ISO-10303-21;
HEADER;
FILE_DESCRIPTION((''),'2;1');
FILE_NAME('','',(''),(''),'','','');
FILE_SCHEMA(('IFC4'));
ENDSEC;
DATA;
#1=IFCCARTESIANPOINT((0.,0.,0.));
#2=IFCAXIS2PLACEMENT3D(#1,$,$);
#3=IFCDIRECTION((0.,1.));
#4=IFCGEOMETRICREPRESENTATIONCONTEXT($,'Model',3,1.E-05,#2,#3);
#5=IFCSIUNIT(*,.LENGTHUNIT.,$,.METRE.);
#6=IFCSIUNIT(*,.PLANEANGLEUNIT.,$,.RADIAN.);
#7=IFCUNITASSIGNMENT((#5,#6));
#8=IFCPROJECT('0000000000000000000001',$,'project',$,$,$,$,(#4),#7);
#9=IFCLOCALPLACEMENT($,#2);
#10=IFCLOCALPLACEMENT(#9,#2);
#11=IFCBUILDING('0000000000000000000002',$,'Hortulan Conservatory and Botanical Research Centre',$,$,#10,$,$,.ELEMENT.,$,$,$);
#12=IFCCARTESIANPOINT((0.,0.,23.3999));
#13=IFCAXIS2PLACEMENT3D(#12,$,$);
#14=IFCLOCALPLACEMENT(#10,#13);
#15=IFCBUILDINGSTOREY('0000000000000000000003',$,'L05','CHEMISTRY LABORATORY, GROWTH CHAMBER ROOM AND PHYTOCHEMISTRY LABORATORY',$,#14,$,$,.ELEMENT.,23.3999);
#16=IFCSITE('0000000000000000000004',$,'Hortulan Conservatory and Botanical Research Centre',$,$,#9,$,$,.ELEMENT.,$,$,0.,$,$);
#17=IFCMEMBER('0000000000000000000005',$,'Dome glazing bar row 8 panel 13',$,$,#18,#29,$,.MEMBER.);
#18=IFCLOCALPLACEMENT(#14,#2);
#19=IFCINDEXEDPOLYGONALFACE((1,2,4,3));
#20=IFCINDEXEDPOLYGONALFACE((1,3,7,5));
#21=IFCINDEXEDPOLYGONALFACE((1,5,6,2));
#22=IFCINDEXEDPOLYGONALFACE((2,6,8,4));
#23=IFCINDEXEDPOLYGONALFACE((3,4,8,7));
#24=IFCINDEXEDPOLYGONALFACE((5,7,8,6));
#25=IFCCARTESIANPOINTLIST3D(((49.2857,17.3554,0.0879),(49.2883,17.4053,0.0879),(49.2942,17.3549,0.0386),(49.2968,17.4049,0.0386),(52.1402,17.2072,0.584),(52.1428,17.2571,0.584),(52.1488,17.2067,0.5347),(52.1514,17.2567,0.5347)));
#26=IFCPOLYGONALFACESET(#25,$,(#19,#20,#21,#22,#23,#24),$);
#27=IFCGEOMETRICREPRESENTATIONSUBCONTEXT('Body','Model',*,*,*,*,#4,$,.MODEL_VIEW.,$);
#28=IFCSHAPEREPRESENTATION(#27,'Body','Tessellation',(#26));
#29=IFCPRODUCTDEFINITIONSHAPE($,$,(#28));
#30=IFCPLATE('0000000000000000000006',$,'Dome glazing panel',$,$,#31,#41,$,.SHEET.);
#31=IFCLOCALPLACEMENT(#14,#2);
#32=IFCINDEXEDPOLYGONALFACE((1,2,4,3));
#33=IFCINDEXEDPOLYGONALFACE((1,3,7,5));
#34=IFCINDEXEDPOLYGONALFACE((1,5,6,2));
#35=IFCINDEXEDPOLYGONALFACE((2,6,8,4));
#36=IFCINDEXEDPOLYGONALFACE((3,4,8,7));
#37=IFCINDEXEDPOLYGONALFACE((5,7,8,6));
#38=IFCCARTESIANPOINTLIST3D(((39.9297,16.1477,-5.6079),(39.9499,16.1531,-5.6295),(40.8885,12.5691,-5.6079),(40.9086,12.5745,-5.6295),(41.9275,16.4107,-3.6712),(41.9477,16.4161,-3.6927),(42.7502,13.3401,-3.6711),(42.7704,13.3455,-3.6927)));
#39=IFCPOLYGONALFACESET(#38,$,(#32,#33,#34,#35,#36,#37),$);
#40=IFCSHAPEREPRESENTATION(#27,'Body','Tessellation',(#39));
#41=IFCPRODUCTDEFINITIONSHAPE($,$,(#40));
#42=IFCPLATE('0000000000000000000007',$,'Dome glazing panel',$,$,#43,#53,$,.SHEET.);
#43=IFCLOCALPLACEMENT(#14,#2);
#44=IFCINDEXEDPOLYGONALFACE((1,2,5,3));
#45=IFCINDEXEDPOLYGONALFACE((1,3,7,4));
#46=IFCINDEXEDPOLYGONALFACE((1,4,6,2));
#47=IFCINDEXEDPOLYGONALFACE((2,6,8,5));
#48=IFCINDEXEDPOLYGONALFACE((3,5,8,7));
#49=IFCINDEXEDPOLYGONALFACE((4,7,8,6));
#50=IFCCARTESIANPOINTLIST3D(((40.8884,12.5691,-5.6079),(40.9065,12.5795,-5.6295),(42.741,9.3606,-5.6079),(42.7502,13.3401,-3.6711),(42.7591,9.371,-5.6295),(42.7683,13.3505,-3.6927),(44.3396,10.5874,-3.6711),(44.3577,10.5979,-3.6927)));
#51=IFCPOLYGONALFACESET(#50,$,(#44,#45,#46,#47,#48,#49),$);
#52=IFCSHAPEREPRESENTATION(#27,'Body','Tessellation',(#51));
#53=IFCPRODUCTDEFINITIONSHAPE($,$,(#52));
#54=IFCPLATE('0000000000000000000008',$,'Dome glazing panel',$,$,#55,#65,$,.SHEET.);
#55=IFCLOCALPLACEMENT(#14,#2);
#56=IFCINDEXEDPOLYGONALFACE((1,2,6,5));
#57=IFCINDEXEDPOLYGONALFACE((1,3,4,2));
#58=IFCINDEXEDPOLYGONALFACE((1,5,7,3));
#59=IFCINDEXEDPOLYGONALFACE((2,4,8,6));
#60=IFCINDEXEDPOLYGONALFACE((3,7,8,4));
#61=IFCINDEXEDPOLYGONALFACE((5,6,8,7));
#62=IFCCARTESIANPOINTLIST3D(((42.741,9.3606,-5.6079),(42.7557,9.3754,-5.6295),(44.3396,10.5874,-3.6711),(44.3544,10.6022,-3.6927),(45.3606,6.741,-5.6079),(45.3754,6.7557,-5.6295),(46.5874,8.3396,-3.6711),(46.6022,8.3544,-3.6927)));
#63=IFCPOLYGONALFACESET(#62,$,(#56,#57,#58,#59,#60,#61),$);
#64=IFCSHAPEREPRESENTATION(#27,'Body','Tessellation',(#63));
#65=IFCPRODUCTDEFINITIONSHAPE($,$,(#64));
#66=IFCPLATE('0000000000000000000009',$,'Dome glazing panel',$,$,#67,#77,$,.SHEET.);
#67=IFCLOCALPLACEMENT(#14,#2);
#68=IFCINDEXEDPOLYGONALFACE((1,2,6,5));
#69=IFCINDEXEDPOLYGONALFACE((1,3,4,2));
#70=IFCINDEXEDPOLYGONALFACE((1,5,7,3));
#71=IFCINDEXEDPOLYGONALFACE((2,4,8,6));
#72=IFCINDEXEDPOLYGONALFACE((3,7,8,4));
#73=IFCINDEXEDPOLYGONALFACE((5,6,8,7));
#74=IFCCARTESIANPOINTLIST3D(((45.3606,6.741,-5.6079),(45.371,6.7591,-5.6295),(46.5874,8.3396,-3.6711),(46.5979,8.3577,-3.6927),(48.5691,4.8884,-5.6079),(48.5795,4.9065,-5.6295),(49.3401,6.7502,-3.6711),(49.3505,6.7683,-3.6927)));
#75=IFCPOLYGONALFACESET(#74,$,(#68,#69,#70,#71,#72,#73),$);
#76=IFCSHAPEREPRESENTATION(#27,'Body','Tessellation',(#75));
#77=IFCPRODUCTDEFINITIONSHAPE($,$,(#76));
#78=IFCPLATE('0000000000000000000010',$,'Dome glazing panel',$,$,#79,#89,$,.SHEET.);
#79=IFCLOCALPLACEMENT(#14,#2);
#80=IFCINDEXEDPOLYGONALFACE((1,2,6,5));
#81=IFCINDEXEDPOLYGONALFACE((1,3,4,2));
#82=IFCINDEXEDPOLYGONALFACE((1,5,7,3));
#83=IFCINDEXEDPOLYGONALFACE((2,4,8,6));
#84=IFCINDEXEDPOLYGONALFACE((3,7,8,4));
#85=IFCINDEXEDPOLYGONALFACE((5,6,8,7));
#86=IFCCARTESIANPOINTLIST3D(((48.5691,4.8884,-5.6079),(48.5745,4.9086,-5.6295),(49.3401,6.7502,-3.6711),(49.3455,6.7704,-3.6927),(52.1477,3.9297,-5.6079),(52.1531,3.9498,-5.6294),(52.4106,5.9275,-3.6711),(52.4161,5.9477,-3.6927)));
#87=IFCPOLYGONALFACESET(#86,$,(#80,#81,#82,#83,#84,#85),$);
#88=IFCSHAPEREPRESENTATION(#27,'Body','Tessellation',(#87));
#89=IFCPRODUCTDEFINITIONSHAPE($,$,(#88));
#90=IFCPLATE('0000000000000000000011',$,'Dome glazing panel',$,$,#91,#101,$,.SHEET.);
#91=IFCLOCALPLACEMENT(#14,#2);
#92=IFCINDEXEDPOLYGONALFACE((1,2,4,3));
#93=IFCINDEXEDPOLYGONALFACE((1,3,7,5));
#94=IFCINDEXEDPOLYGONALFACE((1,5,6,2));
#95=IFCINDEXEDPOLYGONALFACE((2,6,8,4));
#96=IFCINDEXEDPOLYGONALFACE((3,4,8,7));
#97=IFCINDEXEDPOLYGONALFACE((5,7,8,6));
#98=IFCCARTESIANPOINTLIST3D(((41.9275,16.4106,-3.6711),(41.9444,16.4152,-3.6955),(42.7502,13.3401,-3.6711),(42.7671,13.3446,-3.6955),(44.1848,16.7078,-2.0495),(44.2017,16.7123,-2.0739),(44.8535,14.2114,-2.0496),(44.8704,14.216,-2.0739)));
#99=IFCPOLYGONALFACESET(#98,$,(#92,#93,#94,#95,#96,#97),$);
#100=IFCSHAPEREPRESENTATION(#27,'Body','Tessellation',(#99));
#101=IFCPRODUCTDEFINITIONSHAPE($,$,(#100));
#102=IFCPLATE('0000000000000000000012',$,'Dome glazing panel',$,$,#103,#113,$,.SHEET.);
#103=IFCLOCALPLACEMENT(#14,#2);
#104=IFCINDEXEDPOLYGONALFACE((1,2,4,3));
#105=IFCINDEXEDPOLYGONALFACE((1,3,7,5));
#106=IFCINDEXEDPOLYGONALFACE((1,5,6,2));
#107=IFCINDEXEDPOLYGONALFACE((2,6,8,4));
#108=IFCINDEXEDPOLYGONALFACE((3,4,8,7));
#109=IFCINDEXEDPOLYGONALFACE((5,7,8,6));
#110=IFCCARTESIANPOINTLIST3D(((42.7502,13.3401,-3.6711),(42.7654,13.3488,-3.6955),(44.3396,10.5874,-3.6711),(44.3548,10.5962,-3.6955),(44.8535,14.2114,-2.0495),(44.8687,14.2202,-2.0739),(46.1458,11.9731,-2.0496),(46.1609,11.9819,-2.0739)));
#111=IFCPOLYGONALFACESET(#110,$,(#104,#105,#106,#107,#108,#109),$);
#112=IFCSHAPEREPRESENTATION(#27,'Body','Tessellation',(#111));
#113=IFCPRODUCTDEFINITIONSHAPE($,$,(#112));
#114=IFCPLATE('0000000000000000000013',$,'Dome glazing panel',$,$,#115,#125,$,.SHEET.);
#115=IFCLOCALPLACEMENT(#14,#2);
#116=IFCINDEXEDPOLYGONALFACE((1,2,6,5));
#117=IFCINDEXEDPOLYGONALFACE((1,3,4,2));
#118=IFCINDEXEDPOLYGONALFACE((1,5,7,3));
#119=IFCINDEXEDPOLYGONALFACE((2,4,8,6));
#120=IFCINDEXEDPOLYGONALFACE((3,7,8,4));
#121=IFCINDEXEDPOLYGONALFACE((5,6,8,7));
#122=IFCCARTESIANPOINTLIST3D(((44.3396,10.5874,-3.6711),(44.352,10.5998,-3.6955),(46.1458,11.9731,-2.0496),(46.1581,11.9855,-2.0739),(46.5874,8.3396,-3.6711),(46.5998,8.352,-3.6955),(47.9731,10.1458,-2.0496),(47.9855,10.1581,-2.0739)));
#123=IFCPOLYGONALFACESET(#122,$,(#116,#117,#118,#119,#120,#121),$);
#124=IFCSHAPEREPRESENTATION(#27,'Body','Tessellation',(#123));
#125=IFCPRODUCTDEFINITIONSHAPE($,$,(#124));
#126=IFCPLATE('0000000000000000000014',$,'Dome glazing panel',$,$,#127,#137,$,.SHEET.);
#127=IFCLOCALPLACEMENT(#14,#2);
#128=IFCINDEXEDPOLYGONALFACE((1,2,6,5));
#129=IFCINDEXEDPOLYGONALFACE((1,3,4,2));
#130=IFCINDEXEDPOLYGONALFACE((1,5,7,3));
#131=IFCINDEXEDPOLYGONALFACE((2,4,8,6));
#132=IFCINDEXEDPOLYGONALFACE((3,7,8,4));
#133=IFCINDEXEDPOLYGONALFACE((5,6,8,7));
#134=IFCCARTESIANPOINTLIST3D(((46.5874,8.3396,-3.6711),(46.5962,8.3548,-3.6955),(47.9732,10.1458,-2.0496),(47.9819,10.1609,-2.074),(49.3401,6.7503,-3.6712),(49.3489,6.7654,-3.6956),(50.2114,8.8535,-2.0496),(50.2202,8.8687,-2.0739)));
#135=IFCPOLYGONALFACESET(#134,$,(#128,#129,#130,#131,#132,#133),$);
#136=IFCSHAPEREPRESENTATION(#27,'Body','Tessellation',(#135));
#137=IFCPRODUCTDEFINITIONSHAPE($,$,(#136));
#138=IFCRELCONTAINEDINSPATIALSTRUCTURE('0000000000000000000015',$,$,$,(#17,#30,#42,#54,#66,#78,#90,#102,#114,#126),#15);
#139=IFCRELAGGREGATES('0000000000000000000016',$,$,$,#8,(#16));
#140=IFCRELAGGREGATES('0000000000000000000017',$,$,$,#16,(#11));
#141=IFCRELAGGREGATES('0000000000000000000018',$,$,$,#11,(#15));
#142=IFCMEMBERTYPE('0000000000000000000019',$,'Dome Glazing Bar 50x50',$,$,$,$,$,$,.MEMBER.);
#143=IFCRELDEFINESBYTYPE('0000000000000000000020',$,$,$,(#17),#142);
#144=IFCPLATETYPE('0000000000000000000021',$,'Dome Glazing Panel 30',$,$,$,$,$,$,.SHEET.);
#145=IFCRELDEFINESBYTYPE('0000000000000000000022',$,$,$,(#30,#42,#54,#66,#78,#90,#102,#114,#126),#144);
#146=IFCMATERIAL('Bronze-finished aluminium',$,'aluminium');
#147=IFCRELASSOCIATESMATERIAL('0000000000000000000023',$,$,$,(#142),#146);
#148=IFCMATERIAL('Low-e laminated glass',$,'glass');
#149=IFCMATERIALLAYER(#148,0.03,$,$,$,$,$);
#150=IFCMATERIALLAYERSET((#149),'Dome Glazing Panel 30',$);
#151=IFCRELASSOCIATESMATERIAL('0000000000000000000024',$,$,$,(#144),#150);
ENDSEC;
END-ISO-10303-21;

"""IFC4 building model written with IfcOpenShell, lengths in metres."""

from ifc_helpers import new_model, si_unit, direction, frame, origin, origin_2d, place, context, subcontext, project, spatial, polyline, rectangle, outline, extrude, material, layer, layer_set, material_profile, profile_set, type_object, element, save


model = new_model("IFC4")

# Units and contexts
model_context = context("Model", 3, precision=1e-05, world=origin(), true_north=direction((0.0, 1.0)))
body_context = subcontext(model_context, "Body", "Model", "MODEL_VIEW")
ifc_project = project(units=[si_unit("LENGTHUNIT", "METRE"), si_unit("PLANEANGLEUNIT", "RADIAN")], contexts=[model_context])

# Site, building, storey
site_placement = place(None, origin())
site = spatial("IfcSite", under=ifc_project, at=site_placement, Name="Hortulan Conservatory and Botanical Research Centre", CompositionType="ELEMENT", RefElevation=0.0)
building_placement = place(site_placement, origin())
building = spatial("IfcBuilding", under=site, at=building_placement, Name="Hortulan Conservatory and Botanical Research Centre", CompositionType="ELEMENT")
storey_placement = place(building_placement, frame((0.0, 0.0, 23.3999)))
storey = spatial("IfcBuildingStorey", under=building, at=storey_placement, Name="L05", Description="CHEMISTRY LABORATORY, GROWTH CHAMBER ROOM AND PHYTOCHEMISTRY LABORATORY", CompositionType="ELEMENT", Elevation=23.3999)

# Member
ifc_material_1 = material(Name="Bronze-finished aluminium", Category="aluminium")
ifc_material_profile = material_profile(ifc_material_1, rectangle(XDim=0.05, YDim=0.05, at=origin_2d()), Name="Square bar 50x50")
ifc_profile_set = profile_set([ifc_material_profile], Name="Bronze-finished aluminium")
member_type = type_object("IfcMemberType", Name="Dome Glazing Bar 50x50", PredefinedType="MEMBER", material=ifc_profile_set)
member_placement = place(storey_placement, frame((49.2913, 17.3801, 0.0632), z_axis=(0.983945, -0.051082, 0.171004), x_axis=(0.051846, 0.998655, 0.0)))
element("IfcMember", 1, at=member_placement, inside=storey, type_object=member_type, Name="Dome glazing bar row 8 panel 13", PredefinedType="MEMBER", context=body_context, shape_type="SweptSolid", body=[
    extrude(rectangle(XDim=0.05, YDim=0.05, at=origin_2d()), origin(), (0.0, 0.0, 1.0), 2.9011),
])

# Plates
ifc_material_2 = material(Name="Low-e laminated glass", Category="glass")
ifc_layer_1 = layer(ifc_material_2, 0.03)
ifc_layer_set_1 = layer_set([ifc_layer_1], Name="Dome Glazing Panel 30")
plate_type = type_object("IfcPlateType", Name="Dome Glazing Panel 30", PredefinedType="SHEET", material=ifc_layer_set_1)
plate_1_placement = place(storey_placement, frame((39.9297, 16.1477, -5.6079), z_axis=(-0.672331, -0.180136, 0.717998), x_axis=(0.25879, -0.965933, -0.000009)))
element("IfcPlate", 2, at=plate_1_placement, inside=storey, type_object=plate_type, Name="Dome glazing panel", PredefinedType="SHEET", context=body_context, shape_type="SweptSolid", body=[
    extrude(outline(polyline([(0.0, 0.0), (3.7048, 0.0), (3.4419, 2.7826), (0.263, 2.7825), (0.0, 0.0)])), origin(), (0.0, 0.0, -1.0), 0.03),
])
plate_2_placement = place(storey_placement, frame((40.8884, 12.5691, -5.6079), z_axis=(-0.602781, -0.348037, 0.718001), x_axis=(0.500023, -0.866012, 0.0)))
element("IfcPlate", 3, at=plate_2_placement, inside=storey, type_object=plate_type, Name="Dome glazing panel", PredefinedType="SHEET", context=body_context, shape_type="SweptSolid", body=[
    extrude(outline(polyline([(0.0, 0.0), (3.7049, 0.0), (3.4418, 2.7825), (0.2633, 2.7825), (0.0, 0.0)])), origin(), (0.0, 0.0, -1.0), 0.03),
])
plate_3_placement = place(storey_placement, frame((42.741, 9.3606, -5.6079), z_axis=(-0.492174, -0.492174, 0.718004), x_axis=(0.707107, -0.707107, 0.0)))
element("IfcPlate", 4, at=plate_3_placement, inside=storey, type_object=plate_type, Name="Dome glazing panel", PredefinedType="SHEET", context=body_context, shape_type="SweptSolid", body=[
    extrude(outline(polyline([(0.0, 0.0), (3.7047, 0.0), (3.4418, 2.7826), (0.2629, 2.7826), (0.0, 0.0)])), origin(), (0.0, 0.0, -1.0), 0.03),
])
plate_4_placement = place(storey_placement, frame((45.3606, 6.741, -5.6079), z_axis=(-0.348037, -0.602781, 0.718001), x_axis=(0.866012, -0.500023, 0.0)))
element("IfcPlate", 5, at=plate_4_placement, inside=storey, type_object=plate_type, Name="Dome glazing panel", PredefinedType="SHEET", context=body_context, shape_type="SweptSolid", body=[
    extrude(outline(polyline([(0.0, 0.0), (3.7049, 0.0), (3.4416, 2.7825), (0.2631, 2.7825), (0.0, 0.0)])), origin(), (0.0, 0.0, -1.0), 0.03),
])
plate_5_placement = place(storey_placement, frame((48.5691, 4.8884, -5.6079), z_axis=(-0.180136, -0.672331, 0.717998), x_axis=(0.965933, -0.25879, 0.000009)))
element("IfcPlate", 6, at=plate_5_placement, inside=storey, type_object=plate_type, Name="Dome glazing panel", PredefinedType="SHEET", context=body_context, shape_type="SweptSolid", body=[
    extrude(outline(polyline([(0.0, 0.0), (3.7048, 0.0), (3.4418, 2.7825), (0.2629, 2.7826), (0.0, 0.0)])), origin(), (0.0, 0.0, -1.0), 0.03),
])
plate_6_placement = place(storey_placement, frame((41.9275, 16.4106, -3.6711), z_axis=(-0.563573, -0.15099, 0.81215), x_axis=(0.258809, -0.965929, 0.000015)))
element("IfcPlate", 7, at=plate_6_placement, inside=storey, type_object=plate_type, Name="Dome glazing panel", PredefinedType="SHEET", context=body_context, shape_type="SweptSolid", body=[
    extrude(outline(polyline([(0.0, 0.0), (3.1789, 0.0), (2.8816, 2.7792), (0.2972, 2.7794), (0.0, 0.0)])), origin(), (0.0, 0.0, -1.0), 0.03),
])
plate_7_placement = place(storey_placement, frame((42.7502, 13.3401, -3.6711), z_axis=(-0.505296, -0.291738, 0.812136), x_axis=(0.500017, -0.866016, 0.000008)))
element("IfcPlate", 8, at=plate_7_placement, inside=storey, type_object=plate_type, Name="Dome glazing panel", PredefinedType="SHEET", context=body_context, shape_type="SweptSolid", body=[
    extrude(outline(polyline([(0.0, 0.0), (3.1786, 0.0), (2.8816, 2.7792), (0.2971, 2.7793), (0.0, 0.0)])), origin(), (0.0, 0.0, -1.0), 0.03),
])
plate_8_placement = place(storey_placement, frame((44.3396, 10.5874, -3.6711), z_axis=(-0.412585, -0.412585, 0.812125), x_axis=(0.707107, -0.707107, 0.0)))
element("IfcPlate", 9, at=plate_8_placement, inside=storey, type_object=plate_type, Name="Dome glazing panel", PredefinedType="SHEET", context=body_context, shape_type="SweptSolid", body=[
    extrude(outline(polyline([(0.0, 0.0), (3.1789, 0.0), (2.8816, 2.7791), (0.2973, 2.7791), (0.0, 0.0)])), origin(), (0.0, 0.0, -1.0), 0.03),
])
plate_9_placement = place(storey_placement, frame((46.5874, 8.3396, -3.6711), z_axis=(-0.291738, -0.505296, 0.812136), x_axis=(0.866016, -0.500017, -0.000008)))
element("IfcPlate", 10, at=plate_9_placement, inside=storey, type_object=plate_type, Name="Dome glazing panel", PredefinedType="SHEET", context=body_context, shape_type="SweptSolid", body=[
    extrude(outline(polyline([(0.0, 0.0), (3.1786, 0.0), (2.8815, 2.7793), (0.297, 2.7792), (0.0, 0.0)])), origin(), (0.0, 0.0, -1.0), 0.03),
])

save(model, "model.ifc")
